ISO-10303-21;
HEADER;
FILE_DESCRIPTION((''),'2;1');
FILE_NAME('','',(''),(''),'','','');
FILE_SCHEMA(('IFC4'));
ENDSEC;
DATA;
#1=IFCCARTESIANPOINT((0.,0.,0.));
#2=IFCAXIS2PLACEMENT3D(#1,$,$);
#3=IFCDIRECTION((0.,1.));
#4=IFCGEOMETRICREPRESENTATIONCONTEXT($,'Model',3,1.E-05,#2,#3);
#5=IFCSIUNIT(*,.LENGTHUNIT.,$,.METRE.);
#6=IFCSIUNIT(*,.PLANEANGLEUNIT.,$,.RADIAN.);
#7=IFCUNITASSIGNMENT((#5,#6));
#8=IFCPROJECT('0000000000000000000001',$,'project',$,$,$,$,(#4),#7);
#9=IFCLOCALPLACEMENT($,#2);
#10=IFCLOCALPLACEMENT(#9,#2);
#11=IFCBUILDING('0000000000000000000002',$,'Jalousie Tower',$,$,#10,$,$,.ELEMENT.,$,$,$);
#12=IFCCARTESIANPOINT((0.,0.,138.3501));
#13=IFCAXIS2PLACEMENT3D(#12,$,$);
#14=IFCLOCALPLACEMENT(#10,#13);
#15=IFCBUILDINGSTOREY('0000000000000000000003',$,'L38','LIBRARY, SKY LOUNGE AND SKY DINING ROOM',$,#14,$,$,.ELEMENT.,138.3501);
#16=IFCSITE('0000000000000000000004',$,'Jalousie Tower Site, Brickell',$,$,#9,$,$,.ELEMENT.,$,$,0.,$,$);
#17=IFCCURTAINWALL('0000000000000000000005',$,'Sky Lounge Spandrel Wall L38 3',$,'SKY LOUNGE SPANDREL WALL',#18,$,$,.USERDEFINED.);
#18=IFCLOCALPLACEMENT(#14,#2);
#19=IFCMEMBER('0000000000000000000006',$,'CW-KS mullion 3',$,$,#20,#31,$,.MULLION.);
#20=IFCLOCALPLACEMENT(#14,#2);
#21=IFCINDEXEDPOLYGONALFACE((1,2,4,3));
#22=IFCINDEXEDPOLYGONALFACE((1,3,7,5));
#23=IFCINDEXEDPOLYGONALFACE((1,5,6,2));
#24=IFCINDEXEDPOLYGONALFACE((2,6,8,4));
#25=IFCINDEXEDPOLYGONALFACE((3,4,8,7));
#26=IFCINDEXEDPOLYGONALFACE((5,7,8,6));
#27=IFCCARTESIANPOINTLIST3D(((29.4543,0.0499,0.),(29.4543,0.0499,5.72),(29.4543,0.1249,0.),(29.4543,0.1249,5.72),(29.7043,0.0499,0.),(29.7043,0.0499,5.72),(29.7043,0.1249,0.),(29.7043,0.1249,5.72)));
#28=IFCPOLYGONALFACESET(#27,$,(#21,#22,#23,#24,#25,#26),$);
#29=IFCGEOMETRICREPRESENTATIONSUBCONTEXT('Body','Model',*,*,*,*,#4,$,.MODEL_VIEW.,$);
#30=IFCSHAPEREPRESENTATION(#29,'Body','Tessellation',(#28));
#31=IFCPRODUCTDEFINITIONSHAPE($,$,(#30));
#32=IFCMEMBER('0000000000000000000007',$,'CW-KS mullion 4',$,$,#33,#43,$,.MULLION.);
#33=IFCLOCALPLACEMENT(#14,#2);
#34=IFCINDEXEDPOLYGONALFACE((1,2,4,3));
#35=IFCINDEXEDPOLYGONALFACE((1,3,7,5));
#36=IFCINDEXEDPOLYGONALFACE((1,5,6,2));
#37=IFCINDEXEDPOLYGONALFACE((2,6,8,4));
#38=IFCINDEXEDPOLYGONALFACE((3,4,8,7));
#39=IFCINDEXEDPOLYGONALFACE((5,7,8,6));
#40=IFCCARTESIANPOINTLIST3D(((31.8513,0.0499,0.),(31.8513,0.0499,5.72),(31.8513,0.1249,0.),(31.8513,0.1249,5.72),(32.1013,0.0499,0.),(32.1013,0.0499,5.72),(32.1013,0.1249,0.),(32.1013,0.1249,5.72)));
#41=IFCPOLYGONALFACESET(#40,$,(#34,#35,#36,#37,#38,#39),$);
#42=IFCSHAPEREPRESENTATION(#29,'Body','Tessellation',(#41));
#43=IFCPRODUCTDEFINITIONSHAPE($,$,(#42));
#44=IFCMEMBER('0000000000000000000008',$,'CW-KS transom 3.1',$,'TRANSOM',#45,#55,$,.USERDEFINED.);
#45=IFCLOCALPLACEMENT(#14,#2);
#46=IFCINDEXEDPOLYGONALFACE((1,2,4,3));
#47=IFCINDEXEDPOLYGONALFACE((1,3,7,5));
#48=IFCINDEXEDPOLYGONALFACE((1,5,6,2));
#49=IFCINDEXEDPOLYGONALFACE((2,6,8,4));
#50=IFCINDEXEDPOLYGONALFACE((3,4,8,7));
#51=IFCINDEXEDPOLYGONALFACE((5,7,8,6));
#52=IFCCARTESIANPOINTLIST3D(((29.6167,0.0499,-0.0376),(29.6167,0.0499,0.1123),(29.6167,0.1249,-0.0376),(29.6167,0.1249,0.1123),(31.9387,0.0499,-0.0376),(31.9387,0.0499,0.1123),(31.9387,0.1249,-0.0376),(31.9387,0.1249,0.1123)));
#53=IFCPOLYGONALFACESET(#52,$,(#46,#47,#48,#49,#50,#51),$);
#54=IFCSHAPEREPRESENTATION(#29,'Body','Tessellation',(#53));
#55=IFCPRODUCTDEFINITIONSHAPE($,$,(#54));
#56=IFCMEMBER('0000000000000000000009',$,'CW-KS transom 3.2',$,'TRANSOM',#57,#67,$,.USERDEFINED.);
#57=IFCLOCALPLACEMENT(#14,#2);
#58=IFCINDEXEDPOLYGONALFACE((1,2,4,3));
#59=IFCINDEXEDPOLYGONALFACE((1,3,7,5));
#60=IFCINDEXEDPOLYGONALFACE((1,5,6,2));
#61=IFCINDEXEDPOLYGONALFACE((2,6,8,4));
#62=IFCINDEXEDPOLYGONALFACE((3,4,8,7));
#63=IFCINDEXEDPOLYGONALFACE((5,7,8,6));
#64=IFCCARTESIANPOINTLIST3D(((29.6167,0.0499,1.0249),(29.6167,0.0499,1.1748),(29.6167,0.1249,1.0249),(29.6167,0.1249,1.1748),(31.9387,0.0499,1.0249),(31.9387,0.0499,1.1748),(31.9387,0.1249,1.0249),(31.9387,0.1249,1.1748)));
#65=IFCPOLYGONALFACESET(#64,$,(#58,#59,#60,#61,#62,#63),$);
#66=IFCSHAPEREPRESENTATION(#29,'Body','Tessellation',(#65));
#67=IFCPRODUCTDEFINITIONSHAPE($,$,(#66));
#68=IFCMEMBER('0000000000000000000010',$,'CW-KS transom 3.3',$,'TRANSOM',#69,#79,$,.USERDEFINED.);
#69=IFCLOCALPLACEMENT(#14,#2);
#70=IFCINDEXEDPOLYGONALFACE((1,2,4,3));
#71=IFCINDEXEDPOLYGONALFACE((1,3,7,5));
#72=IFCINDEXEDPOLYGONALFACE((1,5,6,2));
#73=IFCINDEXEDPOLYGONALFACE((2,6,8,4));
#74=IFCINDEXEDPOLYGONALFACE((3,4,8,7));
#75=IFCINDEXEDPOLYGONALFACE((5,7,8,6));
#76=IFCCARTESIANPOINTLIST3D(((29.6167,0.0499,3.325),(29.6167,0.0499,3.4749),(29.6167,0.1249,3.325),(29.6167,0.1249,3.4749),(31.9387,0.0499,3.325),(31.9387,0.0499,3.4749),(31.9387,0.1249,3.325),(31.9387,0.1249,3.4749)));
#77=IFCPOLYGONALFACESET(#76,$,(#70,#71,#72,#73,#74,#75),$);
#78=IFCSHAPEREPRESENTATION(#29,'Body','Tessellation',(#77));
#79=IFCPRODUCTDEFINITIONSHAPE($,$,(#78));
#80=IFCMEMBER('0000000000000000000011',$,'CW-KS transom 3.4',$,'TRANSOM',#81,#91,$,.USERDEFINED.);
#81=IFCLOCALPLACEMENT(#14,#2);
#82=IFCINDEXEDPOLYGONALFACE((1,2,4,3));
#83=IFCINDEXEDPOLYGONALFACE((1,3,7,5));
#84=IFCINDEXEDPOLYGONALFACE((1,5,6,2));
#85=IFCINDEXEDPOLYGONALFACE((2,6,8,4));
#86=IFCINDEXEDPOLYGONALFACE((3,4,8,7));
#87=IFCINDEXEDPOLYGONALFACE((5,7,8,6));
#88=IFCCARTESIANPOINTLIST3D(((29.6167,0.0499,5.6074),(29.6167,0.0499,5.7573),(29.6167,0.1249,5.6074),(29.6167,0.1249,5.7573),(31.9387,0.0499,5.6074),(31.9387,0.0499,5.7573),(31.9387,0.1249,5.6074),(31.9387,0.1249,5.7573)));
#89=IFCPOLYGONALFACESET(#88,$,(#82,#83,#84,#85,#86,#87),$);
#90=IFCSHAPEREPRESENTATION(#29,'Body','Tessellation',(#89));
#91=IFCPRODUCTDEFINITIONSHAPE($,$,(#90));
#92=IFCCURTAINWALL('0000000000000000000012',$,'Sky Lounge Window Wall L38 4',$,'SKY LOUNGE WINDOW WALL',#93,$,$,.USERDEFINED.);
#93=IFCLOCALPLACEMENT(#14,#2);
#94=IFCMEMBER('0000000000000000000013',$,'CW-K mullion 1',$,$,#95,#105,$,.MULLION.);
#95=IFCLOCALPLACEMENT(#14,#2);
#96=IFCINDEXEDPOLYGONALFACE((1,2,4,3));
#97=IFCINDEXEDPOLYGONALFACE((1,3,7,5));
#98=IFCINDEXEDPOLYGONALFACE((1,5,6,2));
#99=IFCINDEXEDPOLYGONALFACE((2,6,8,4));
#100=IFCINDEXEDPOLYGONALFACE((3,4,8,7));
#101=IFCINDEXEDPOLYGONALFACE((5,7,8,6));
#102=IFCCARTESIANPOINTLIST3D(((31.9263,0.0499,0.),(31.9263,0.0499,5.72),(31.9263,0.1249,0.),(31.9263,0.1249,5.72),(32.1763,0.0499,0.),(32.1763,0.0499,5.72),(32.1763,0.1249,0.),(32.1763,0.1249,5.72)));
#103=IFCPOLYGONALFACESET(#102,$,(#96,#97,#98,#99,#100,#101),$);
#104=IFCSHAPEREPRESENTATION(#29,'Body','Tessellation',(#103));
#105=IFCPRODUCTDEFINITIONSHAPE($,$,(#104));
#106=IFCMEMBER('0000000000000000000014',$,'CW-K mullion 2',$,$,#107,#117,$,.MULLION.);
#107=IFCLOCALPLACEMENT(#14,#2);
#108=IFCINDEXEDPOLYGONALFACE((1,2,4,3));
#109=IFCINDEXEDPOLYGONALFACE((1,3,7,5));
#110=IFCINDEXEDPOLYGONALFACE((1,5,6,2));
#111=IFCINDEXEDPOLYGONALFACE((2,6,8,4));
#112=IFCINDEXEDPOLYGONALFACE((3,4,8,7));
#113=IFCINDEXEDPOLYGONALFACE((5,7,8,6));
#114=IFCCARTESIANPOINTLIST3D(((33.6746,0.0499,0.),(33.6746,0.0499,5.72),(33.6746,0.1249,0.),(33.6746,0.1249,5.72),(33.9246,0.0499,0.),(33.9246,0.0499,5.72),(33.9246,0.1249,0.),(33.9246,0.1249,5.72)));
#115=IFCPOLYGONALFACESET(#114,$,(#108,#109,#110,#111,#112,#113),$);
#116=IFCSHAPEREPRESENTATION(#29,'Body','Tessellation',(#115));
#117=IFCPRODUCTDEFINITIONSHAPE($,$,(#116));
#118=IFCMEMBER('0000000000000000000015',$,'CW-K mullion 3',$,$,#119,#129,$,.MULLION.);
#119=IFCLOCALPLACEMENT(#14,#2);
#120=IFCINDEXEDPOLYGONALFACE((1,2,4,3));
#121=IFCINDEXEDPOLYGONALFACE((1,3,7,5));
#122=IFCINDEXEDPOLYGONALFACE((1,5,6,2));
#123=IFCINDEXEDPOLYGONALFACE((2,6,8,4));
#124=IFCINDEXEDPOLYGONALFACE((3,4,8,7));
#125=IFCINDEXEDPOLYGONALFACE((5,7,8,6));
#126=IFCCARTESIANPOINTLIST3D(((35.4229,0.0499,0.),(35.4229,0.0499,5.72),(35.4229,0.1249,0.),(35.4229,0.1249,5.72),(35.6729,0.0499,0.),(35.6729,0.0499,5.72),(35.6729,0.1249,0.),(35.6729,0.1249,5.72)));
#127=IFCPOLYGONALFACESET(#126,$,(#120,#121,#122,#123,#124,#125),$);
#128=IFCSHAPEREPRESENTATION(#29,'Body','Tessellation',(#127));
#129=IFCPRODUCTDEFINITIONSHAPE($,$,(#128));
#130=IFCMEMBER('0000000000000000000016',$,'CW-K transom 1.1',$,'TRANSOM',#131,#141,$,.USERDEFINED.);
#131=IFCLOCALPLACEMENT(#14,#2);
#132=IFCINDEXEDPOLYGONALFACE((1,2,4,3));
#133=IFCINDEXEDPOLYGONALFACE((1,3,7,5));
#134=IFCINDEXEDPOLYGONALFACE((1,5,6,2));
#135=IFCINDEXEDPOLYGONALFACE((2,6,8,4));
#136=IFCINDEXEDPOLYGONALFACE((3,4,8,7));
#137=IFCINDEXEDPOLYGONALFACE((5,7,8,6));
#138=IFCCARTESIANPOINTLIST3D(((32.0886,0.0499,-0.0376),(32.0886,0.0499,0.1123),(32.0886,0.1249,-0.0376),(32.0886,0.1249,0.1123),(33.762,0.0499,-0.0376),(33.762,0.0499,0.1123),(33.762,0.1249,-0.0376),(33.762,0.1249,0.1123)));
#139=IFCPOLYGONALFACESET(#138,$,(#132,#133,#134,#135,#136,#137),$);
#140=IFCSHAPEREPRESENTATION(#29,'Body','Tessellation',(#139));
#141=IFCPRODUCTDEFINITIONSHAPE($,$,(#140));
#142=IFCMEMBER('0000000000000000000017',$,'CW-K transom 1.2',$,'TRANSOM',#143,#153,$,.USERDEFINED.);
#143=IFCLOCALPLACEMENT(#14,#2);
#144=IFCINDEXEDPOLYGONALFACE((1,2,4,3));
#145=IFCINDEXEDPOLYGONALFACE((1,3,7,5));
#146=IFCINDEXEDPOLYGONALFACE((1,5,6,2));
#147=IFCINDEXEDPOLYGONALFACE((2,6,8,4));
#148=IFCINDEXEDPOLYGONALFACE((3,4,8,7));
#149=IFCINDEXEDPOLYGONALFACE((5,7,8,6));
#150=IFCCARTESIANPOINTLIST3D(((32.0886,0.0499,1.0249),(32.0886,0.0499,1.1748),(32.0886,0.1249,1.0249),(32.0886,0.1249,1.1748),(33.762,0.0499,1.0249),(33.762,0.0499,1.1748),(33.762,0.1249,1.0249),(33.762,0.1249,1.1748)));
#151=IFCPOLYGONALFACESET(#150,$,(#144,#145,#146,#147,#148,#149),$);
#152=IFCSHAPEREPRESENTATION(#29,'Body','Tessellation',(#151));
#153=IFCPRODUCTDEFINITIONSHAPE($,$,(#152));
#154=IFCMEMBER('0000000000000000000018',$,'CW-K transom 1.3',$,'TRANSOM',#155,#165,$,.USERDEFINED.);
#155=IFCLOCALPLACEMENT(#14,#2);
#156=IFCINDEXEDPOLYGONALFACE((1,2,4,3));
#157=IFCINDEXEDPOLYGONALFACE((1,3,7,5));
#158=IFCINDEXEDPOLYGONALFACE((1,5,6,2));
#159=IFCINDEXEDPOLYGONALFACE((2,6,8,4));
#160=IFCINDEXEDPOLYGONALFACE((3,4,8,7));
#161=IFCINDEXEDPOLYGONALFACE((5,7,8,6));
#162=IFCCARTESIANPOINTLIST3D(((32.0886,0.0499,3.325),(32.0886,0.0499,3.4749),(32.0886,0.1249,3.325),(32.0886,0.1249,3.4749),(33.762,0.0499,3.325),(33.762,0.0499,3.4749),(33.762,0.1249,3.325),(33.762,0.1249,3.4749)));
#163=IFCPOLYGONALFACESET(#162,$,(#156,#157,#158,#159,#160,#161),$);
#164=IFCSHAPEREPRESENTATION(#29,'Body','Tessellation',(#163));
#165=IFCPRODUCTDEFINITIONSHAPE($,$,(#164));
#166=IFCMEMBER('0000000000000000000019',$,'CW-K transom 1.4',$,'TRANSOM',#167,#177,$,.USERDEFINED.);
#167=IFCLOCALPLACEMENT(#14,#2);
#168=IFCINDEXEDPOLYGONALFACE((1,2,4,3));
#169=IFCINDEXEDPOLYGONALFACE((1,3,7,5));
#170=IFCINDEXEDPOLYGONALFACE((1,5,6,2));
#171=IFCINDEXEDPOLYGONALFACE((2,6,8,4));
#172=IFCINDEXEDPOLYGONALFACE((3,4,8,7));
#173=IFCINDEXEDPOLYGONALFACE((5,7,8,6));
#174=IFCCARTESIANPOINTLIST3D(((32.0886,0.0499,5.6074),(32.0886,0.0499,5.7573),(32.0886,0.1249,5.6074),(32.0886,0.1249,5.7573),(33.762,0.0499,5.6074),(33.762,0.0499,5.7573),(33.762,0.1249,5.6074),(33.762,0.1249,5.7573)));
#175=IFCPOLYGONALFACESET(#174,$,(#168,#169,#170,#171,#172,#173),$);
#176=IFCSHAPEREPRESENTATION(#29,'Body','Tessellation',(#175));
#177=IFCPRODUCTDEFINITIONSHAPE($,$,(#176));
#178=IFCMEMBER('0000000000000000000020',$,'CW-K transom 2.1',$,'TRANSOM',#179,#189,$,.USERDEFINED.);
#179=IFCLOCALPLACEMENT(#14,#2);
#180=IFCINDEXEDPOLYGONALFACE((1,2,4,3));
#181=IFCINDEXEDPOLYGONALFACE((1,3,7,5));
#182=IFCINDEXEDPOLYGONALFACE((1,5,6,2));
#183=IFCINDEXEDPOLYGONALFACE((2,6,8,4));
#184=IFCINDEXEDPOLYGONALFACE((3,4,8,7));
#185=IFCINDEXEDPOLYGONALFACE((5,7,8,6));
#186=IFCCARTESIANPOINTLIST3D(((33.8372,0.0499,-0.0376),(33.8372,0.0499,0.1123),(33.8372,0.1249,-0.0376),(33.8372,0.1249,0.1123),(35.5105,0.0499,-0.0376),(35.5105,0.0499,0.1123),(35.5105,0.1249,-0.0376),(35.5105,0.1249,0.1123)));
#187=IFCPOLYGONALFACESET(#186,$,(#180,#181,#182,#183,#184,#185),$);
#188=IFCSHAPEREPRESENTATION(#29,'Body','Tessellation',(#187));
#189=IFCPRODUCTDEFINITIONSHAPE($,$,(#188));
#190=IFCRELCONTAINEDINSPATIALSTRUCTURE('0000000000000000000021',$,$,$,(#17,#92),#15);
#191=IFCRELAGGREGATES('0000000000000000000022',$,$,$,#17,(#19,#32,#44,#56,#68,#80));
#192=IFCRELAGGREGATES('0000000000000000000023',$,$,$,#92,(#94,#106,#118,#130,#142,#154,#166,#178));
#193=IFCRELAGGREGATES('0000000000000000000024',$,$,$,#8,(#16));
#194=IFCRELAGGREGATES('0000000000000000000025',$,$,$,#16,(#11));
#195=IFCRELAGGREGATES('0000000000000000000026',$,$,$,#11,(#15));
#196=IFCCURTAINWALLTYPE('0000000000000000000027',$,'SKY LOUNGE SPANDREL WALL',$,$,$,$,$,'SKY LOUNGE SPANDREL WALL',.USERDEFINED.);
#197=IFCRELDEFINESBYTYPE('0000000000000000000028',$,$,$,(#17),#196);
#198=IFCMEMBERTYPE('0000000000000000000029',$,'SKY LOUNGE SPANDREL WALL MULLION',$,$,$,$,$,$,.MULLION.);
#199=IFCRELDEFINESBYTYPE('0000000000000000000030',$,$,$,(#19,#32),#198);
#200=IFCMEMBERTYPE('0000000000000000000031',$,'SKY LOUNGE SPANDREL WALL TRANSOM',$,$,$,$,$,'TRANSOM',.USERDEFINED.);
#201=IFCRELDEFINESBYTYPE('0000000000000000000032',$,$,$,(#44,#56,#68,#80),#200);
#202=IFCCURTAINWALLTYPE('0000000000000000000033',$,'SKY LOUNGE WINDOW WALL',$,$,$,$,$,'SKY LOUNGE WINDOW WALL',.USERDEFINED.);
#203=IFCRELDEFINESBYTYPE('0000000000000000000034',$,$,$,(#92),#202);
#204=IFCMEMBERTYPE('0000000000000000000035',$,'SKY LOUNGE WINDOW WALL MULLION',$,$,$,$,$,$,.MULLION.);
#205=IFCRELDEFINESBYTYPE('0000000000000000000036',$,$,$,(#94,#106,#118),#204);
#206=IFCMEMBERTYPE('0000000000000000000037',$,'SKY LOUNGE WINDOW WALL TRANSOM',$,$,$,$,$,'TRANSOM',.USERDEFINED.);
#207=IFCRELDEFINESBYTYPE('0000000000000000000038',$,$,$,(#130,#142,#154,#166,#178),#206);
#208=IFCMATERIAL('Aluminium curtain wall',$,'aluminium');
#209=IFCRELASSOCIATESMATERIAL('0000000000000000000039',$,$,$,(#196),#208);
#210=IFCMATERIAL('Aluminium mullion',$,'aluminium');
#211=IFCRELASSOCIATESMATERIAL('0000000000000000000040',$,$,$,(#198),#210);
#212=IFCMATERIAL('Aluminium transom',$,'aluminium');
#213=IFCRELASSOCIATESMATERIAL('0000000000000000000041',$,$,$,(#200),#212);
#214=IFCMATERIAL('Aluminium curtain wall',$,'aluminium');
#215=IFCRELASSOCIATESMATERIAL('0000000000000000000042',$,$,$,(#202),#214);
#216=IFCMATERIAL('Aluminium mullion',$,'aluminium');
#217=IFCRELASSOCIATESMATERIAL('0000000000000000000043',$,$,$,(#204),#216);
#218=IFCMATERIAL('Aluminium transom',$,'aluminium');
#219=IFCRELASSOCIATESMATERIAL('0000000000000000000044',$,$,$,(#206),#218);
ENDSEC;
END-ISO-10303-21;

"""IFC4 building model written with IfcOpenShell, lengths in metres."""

from ifc_helpers import new_model, si_unit, direction, frame, origin, origin_2d, place, context, subcontext, project, spatial, rectangle, extrude, material, material_profile, profile_set, type_object, element, aggregate, save


model = new_model("IFC4")

# Units and contexts
model_context = context("Model", 3, precision=1e-05, world=origin(), true_north=direction((0.0, 1.0)))
body_context = subcontext(model_context, "Body", "Model", "MODEL_VIEW")
ifc_project = project(units=[si_unit("LENGTHUNIT", "METRE"), si_unit("PLANEANGLEUNIT", "RADIAN")], contexts=[model_context])

# Site, building, storey
site_placement = place(None, origin())
site = spatial("IfcSite", under=ifc_project, at=site_placement, Name="Jalousie Tower Site, Brickell", CompositionType="ELEMENT", RefElevation=0.0)
building_placement = place(site_placement, origin())
building = spatial("IfcBuilding", under=site, at=building_placement, Name="Jalousie Tower", CompositionType="ELEMENT")
storey_placement = place(building_placement, frame((0.0, 0.0, 138.3501)))
storey = spatial("IfcBuildingStorey", under=building, at=storey_placement, Name="L38", Description="LIBRARY, SKY LOUNGE AND SKY DINING ROOM", CompositionType="ELEMENT", Elevation=138.3501)

# Curtain walls, members
ifc_material_1 = material(Name="Aluminium curtain wall", Category="aluminium")
curtain_wall_type_1 = type_object("IfcCurtainWallType", Name="SKY LOUNGE SPANDREL WALL", ElementType="SKY LOUNGE SPANDREL WALL", PredefinedType="USERDEFINED", material=ifc_material_1)
curtain_wall_1_placement = place(storey_placement, origin())
curtain_wall_1 = element("IfcCurtainWall", 1, at=curtain_wall_1_placement, inside=storey, type_object=curtain_wall_type_1, Name="Sky Lounge Spandrel Wall L38 3", ObjectType="SKY LOUNGE SPANDREL WALL", PredefinedType="USERDEFINED")
ifc_material_2 = material(Name="Aluminium mullion", Category="aluminium")
ifc_material_profile_1 = material_profile(ifc_material_2, rectangle(XDim=0.075, YDim=0.25, at=origin_2d()), Name="MULLION 75x250")
ifc_profile_set_1 = profile_set([ifc_material_profile_1], Name="Aluminium mullion")
member_type_1 = type_object("IfcMemberType", Name="SKY LOUNGE SPANDREL WALL MULLION", PredefinedType="MULLION", material=ifc_profile_set_1)
member_1_placement = place(storey_placement, frame((29.5793, 0.0874, 0.0), z_axis=(0.0, 0.0, 1.0), x_axis=(0.0, 1.0, 0.0)))
member_1 = element("IfcMember", 2, at=member_1_placement, type_object=member_type_1, Name="CW-KS mullion 3", PredefinedType="MULLION", context=body_context, shape_type="SweptSolid", body=[
    extrude(rectangle(XDim=0.075, YDim=0.25, at=origin_2d()), origin(), (0.0, 0.0, 1.0), 5.72),
])
member_2_placement = place(storey_placement, frame((31.9763, 0.0874, 0.0), z_axis=(0.0, 0.0, 1.0), x_axis=(0.0, 1.0, 0.0)))
member_2 = element("IfcMember", 3, at=member_2_placement, type_object=member_type_1, Name="CW-KS mullion 4", PredefinedType="MULLION", context=body_context, shape_type="SweptSolid", body=[
    extrude(rectangle(XDim=0.075, YDim=0.25, at=origin_2d()), origin(), (0.0, 0.0, 1.0), 5.72),
])
ifc_material_3 = material(Name="Aluminium transom", Category="aluminium")
ifc_material_profile_2 = material_profile(ifc_material_3, rectangle(XDim=0.075, YDim=0.1499, at=origin_2d()), Name="TRANSOM 75x150")
ifc_profile_set_2 = profile_set([ifc_material_profile_2], Name="Aluminium transom")
member_type_2 = type_object("IfcMemberType", Name="SKY LOUNGE SPANDREL WALL TRANSOM", ElementType="TRANSOM", PredefinedType="USERDEFINED", material=ifc_profile_set_2)
member_3_placement = place(storey_placement, frame((29.6167, 0.0874, 0.0374), z_axis=(1.0, 0.0, 0.0), x_axis=(0.0, 1.0, 0.0)))
member_3 = element("IfcMember", 4, at=member_3_placement, type_object=member_type_2, Name="CW-KS transom 3.1", ObjectType="TRANSOM", PredefinedType="USERDEFINED", context=body_context, shape_type="SweptSolid", body=[
    extrude(rectangle(XDim=0.075, YDim=0.1499, at=origin_2d()), origin(), (0.0, 0.0, 1.0), 2.322),
])
member_4_placement = place(storey_placement, frame((29.6167, 0.0874, 1.0999), z_axis=(1.0, 0.0, 0.0), x_axis=(0.0, 1.0, 0.0)))
member_4 = element("IfcMember", 5, at=member_4_placement, type_object=member_type_2, Name="CW-KS transom 3.2", ObjectType="TRANSOM", PredefinedType="USERDEFINED", context=body_context, shape_type="SweptSolid", body=[
    extrude(rectangle(XDim=0.075, YDim=0.1499, at=origin_2d()), origin(), (0.0, 0.0, 1.0), 2.322),
])
member_5_placement = place(storey_placement, frame((29.6167, 0.0874, 3.3999), z_axis=(1.0, 0.0, 0.0), x_axis=(0.0, 1.0, 0.0)))
member_5 = element("IfcMember", 6, at=member_5_placement, type_object=member_type_2, Name="CW-KS transom 3.3", ObjectType="TRANSOM", PredefinedType="USERDEFINED", context=body_context, shape_type="SweptSolid", body=[
    extrude(rectangle(XDim=0.075, YDim=0.1499, at=origin_2d()), origin(), (0.0, 0.0, 1.0), 2.322),
])
member_6_placement = place(storey_placement, frame((29.6167, 0.0874, 5.6824), z_axis=(1.0, 0.0, 0.0), x_axis=(0.0, 1.0, 0.0)))
member_6 = element("IfcMember", 7, at=member_6_placement, type_object=member_type_2, Name="CW-KS transom 3.4", ObjectType="TRANSOM", PredefinedType="USERDEFINED", context=body_context, shape_type="SweptSolid", body=[
    extrude(rectangle(XDim=0.075, YDim=0.1499, at=origin_2d()), origin(), (0.0, 0.0, 1.0), 2.322),
])
ifc_material_4 = material(Name="Aluminium curtain wall", Category="aluminium")
curtain_wall_type_2 = type_object("IfcCurtainWallType", Name="SKY LOUNGE WINDOW WALL", ElementType="SKY LOUNGE WINDOW WALL", PredefinedType="USERDEFINED", material=ifc_material_4)
curtain_wall_2_placement = place(storey_placement, origin())
curtain_wall_2 = element("IfcCurtainWall", 8, at=curtain_wall_2_placement, inside=storey, type_object=curtain_wall_type_2, Name="Sky Lounge Window Wall L38 4", ObjectType="SKY LOUNGE WINDOW WALL", PredefinedType="USERDEFINED")
ifc_material_5 = material(Name="Aluminium mullion", Category="aluminium")
ifc_material_profile_3 = material_profile(ifc_material_5, rectangle(XDim=0.075, YDim=0.25, at=origin_2d()), Name="MULLION 75x250")
ifc_profile_set_3 = profile_set([ifc_material_profile_3], Name="Aluminium mullion")
member_type_3 = type_object("IfcMemberType", Name="SKY LOUNGE WINDOW WALL MULLION", PredefinedType="MULLION", material=ifc_profile_set_3)
member_7_placement = place(storey_placement, frame((32.0513, 0.0874, 0.0), z_axis=(0.0, 0.0, 1.0), x_axis=(0.0, 1.0, 0.0)))
member_7 = element("IfcMember", 9, at=member_7_placement, type_object=member_type_3, Name="CW-K mullion 1", PredefinedType="MULLION", context=body_context, shape_type="SweptSolid", body=[
    extrude(rectangle(XDim=0.075, YDim=0.25, at=origin_2d()), origin(), (0.0, 0.0, 1.0), 5.72),
])
member_8_placement = place(storey_placement, frame((33.7996, 0.0874, 0.0), z_axis=(0.0, 0.0, 1.0), x_axis=(0.0, 1.0, 0.0)))
member_8 = element("IfcMember", 10, at=member_8_placement, type_object=member_type_3, Name="CW-K mullion 2", PredefinedType="MULLION", context=body_context, shape_type="SweptSolid", body=[
    extrude(rectangle(XDim=0.075, YDim=0.25, at=origin_2d()), origin(), (0.0, 0.0, 1.0), 5.72),
])
member_9_placement = place(storey_placement, frame((35.5479, 0.0874, 0.0), z_axis=(0.0, 0.0, 1.0), x_axis=(0.0, 1.0, 0.0)))
member_9 = element("IfcMember", 11, at=member_9_placement, type_object=member_type_3, Name="CW-K mullion 3", PredefinedType="MULLION", context=body_context, shape_type="SweptSolid", body=[
    extrude(rectangle(XDim=0.075, YDim=0.25, at=origin_2d()), origin(), (0.0, 0.0, 1.0), 5.72),
])
ifc_material_6 = material(Name="Aluminium transom", Category="aluminium")
ifc_material_profile_4 = material_profile(ifc_material_6, rectangle(XDim=0.075, YDim=0.1499, at=origin_2d()), Name="TRANSOM 75x150")
ifc_profile_set_4 = profile_set([ifc_material_profile_4], Name="Aluminium transom")
member_type_4 = type_object("IfcMemberType", Name="SKY LOUNGE WINDOW WALL TRANSOM", ElementType="TRANSOM", PredefinedType="USERDEFINED", material=ifc_profile_set_4)
member_10_placement = place(storey_placement, frame((32.0886, 0.0874, 0.0374), z_axis=(1.0, 0.0, 0.0), x_axis=(0.0, 1.0, 0.0)))
member_10 = element("IfcMember", 12, at=member_10_placement, type_object=member_type_4, Name="CW-K transom 1.1", ObjectType="TRANSOM", PredefinedType="USERDEFINED", context=body_context, shape_type="SweptSolid", body=[
    extrude(rectangle(XDim=0.075, YDim=0.1499, at=origin_2d()), origin(), (0.0, 0.0, 1.0), 1.6733),
])
member_11_placement = place(storey_placement, frame((32.0886, 0.0874, 1.0999), z_axis=(1.0, 0.0, 0.0), x_axis=(0.0, 1.0, 0.0)))
member_11 = element("IfcMember", 13, at=member_11_placement, type_object=member_type_4, Name="CW-K transom 1.2", ObjectType="TRANSOM", PredefinedType="USERDEFINED", context=body_context, shape_type="SweptSolid", body=[
    extrude(rectangle(XDim=0.075, YDim=0.1499, at=origin_2d()), origin(), (0.0, 0.0, 1.0), 1.6733),
])
member_12_placement = place(storey_placement, frame((32.0886, 0.0874, 3.3999), z_axis=(1.0, 0.0, 0.0), x_axis=(0.0, 1.0, 0.0)))
member_12 = element("IfcMember", 14, at=member_12_placement, type_object=member_type_4, Name="CW-K transom 1.3", ObjectType="TRANSOM", PredefinedType="USERDEFINED", context=body_context, shape_type="SweptSolid", body=[
    extrude(rectangle(XDim=0.075, YDim=0.1499, at=origin_2d()), origin(), (0.0, 0.0, 1.0), 1.6733),
])
member_13_placement = place(storey_placement, frame((32.0886, 0.0874, 5.6824), z_axis=(1.0, 0.0, 0.0), x_axis=(0.0, 1.0, 0.0)))
member_13 = element("IfcMember", 15, at=member_13_placement, type_object=member_type_4, Name="CW-K transom 1.4", ObjectType="TRANSOM", PredefinedType="USERDEFINED", context=body_context, shape_type="SweptSolid", body=[
    extrude(rectangle(XDim=0.075, YDim=0.1499, at=origin_2d()), origin(), (0.0, 0.0, 1.0), 1.6733),
])
member_14_placement = place(storey_placement, frame((33.8372, 0.0874, 0.0374), z_axis=(1.0, 0.0, 0.0), x_axis=(0.0, 1.0, 0.0)))
member_14 = element("IfcMember", 16, at=member_14_placement, type_object=member_type_4, Name="CW-K transom 2.1", ObjectType="TRANSOM", PredefinedType="USERDEFINED", context=body_context, shape_type="SweptSolid", body=[
    extrude(rectangle(XDim=0.075, YDim=0.1499, at=origin_2d()), origin(), (0.0, 0.0, 1.0), 1.6733),
])

aggregate(curtain_wall_1, [member_1, member_2, member_3, member_4, member_5, member_6])
aggregate(curtain_wall_2, [member_7, member_8, member_9, member_10, member_11, member_12, member_13, member_14])

save(model, "model.ifc")
